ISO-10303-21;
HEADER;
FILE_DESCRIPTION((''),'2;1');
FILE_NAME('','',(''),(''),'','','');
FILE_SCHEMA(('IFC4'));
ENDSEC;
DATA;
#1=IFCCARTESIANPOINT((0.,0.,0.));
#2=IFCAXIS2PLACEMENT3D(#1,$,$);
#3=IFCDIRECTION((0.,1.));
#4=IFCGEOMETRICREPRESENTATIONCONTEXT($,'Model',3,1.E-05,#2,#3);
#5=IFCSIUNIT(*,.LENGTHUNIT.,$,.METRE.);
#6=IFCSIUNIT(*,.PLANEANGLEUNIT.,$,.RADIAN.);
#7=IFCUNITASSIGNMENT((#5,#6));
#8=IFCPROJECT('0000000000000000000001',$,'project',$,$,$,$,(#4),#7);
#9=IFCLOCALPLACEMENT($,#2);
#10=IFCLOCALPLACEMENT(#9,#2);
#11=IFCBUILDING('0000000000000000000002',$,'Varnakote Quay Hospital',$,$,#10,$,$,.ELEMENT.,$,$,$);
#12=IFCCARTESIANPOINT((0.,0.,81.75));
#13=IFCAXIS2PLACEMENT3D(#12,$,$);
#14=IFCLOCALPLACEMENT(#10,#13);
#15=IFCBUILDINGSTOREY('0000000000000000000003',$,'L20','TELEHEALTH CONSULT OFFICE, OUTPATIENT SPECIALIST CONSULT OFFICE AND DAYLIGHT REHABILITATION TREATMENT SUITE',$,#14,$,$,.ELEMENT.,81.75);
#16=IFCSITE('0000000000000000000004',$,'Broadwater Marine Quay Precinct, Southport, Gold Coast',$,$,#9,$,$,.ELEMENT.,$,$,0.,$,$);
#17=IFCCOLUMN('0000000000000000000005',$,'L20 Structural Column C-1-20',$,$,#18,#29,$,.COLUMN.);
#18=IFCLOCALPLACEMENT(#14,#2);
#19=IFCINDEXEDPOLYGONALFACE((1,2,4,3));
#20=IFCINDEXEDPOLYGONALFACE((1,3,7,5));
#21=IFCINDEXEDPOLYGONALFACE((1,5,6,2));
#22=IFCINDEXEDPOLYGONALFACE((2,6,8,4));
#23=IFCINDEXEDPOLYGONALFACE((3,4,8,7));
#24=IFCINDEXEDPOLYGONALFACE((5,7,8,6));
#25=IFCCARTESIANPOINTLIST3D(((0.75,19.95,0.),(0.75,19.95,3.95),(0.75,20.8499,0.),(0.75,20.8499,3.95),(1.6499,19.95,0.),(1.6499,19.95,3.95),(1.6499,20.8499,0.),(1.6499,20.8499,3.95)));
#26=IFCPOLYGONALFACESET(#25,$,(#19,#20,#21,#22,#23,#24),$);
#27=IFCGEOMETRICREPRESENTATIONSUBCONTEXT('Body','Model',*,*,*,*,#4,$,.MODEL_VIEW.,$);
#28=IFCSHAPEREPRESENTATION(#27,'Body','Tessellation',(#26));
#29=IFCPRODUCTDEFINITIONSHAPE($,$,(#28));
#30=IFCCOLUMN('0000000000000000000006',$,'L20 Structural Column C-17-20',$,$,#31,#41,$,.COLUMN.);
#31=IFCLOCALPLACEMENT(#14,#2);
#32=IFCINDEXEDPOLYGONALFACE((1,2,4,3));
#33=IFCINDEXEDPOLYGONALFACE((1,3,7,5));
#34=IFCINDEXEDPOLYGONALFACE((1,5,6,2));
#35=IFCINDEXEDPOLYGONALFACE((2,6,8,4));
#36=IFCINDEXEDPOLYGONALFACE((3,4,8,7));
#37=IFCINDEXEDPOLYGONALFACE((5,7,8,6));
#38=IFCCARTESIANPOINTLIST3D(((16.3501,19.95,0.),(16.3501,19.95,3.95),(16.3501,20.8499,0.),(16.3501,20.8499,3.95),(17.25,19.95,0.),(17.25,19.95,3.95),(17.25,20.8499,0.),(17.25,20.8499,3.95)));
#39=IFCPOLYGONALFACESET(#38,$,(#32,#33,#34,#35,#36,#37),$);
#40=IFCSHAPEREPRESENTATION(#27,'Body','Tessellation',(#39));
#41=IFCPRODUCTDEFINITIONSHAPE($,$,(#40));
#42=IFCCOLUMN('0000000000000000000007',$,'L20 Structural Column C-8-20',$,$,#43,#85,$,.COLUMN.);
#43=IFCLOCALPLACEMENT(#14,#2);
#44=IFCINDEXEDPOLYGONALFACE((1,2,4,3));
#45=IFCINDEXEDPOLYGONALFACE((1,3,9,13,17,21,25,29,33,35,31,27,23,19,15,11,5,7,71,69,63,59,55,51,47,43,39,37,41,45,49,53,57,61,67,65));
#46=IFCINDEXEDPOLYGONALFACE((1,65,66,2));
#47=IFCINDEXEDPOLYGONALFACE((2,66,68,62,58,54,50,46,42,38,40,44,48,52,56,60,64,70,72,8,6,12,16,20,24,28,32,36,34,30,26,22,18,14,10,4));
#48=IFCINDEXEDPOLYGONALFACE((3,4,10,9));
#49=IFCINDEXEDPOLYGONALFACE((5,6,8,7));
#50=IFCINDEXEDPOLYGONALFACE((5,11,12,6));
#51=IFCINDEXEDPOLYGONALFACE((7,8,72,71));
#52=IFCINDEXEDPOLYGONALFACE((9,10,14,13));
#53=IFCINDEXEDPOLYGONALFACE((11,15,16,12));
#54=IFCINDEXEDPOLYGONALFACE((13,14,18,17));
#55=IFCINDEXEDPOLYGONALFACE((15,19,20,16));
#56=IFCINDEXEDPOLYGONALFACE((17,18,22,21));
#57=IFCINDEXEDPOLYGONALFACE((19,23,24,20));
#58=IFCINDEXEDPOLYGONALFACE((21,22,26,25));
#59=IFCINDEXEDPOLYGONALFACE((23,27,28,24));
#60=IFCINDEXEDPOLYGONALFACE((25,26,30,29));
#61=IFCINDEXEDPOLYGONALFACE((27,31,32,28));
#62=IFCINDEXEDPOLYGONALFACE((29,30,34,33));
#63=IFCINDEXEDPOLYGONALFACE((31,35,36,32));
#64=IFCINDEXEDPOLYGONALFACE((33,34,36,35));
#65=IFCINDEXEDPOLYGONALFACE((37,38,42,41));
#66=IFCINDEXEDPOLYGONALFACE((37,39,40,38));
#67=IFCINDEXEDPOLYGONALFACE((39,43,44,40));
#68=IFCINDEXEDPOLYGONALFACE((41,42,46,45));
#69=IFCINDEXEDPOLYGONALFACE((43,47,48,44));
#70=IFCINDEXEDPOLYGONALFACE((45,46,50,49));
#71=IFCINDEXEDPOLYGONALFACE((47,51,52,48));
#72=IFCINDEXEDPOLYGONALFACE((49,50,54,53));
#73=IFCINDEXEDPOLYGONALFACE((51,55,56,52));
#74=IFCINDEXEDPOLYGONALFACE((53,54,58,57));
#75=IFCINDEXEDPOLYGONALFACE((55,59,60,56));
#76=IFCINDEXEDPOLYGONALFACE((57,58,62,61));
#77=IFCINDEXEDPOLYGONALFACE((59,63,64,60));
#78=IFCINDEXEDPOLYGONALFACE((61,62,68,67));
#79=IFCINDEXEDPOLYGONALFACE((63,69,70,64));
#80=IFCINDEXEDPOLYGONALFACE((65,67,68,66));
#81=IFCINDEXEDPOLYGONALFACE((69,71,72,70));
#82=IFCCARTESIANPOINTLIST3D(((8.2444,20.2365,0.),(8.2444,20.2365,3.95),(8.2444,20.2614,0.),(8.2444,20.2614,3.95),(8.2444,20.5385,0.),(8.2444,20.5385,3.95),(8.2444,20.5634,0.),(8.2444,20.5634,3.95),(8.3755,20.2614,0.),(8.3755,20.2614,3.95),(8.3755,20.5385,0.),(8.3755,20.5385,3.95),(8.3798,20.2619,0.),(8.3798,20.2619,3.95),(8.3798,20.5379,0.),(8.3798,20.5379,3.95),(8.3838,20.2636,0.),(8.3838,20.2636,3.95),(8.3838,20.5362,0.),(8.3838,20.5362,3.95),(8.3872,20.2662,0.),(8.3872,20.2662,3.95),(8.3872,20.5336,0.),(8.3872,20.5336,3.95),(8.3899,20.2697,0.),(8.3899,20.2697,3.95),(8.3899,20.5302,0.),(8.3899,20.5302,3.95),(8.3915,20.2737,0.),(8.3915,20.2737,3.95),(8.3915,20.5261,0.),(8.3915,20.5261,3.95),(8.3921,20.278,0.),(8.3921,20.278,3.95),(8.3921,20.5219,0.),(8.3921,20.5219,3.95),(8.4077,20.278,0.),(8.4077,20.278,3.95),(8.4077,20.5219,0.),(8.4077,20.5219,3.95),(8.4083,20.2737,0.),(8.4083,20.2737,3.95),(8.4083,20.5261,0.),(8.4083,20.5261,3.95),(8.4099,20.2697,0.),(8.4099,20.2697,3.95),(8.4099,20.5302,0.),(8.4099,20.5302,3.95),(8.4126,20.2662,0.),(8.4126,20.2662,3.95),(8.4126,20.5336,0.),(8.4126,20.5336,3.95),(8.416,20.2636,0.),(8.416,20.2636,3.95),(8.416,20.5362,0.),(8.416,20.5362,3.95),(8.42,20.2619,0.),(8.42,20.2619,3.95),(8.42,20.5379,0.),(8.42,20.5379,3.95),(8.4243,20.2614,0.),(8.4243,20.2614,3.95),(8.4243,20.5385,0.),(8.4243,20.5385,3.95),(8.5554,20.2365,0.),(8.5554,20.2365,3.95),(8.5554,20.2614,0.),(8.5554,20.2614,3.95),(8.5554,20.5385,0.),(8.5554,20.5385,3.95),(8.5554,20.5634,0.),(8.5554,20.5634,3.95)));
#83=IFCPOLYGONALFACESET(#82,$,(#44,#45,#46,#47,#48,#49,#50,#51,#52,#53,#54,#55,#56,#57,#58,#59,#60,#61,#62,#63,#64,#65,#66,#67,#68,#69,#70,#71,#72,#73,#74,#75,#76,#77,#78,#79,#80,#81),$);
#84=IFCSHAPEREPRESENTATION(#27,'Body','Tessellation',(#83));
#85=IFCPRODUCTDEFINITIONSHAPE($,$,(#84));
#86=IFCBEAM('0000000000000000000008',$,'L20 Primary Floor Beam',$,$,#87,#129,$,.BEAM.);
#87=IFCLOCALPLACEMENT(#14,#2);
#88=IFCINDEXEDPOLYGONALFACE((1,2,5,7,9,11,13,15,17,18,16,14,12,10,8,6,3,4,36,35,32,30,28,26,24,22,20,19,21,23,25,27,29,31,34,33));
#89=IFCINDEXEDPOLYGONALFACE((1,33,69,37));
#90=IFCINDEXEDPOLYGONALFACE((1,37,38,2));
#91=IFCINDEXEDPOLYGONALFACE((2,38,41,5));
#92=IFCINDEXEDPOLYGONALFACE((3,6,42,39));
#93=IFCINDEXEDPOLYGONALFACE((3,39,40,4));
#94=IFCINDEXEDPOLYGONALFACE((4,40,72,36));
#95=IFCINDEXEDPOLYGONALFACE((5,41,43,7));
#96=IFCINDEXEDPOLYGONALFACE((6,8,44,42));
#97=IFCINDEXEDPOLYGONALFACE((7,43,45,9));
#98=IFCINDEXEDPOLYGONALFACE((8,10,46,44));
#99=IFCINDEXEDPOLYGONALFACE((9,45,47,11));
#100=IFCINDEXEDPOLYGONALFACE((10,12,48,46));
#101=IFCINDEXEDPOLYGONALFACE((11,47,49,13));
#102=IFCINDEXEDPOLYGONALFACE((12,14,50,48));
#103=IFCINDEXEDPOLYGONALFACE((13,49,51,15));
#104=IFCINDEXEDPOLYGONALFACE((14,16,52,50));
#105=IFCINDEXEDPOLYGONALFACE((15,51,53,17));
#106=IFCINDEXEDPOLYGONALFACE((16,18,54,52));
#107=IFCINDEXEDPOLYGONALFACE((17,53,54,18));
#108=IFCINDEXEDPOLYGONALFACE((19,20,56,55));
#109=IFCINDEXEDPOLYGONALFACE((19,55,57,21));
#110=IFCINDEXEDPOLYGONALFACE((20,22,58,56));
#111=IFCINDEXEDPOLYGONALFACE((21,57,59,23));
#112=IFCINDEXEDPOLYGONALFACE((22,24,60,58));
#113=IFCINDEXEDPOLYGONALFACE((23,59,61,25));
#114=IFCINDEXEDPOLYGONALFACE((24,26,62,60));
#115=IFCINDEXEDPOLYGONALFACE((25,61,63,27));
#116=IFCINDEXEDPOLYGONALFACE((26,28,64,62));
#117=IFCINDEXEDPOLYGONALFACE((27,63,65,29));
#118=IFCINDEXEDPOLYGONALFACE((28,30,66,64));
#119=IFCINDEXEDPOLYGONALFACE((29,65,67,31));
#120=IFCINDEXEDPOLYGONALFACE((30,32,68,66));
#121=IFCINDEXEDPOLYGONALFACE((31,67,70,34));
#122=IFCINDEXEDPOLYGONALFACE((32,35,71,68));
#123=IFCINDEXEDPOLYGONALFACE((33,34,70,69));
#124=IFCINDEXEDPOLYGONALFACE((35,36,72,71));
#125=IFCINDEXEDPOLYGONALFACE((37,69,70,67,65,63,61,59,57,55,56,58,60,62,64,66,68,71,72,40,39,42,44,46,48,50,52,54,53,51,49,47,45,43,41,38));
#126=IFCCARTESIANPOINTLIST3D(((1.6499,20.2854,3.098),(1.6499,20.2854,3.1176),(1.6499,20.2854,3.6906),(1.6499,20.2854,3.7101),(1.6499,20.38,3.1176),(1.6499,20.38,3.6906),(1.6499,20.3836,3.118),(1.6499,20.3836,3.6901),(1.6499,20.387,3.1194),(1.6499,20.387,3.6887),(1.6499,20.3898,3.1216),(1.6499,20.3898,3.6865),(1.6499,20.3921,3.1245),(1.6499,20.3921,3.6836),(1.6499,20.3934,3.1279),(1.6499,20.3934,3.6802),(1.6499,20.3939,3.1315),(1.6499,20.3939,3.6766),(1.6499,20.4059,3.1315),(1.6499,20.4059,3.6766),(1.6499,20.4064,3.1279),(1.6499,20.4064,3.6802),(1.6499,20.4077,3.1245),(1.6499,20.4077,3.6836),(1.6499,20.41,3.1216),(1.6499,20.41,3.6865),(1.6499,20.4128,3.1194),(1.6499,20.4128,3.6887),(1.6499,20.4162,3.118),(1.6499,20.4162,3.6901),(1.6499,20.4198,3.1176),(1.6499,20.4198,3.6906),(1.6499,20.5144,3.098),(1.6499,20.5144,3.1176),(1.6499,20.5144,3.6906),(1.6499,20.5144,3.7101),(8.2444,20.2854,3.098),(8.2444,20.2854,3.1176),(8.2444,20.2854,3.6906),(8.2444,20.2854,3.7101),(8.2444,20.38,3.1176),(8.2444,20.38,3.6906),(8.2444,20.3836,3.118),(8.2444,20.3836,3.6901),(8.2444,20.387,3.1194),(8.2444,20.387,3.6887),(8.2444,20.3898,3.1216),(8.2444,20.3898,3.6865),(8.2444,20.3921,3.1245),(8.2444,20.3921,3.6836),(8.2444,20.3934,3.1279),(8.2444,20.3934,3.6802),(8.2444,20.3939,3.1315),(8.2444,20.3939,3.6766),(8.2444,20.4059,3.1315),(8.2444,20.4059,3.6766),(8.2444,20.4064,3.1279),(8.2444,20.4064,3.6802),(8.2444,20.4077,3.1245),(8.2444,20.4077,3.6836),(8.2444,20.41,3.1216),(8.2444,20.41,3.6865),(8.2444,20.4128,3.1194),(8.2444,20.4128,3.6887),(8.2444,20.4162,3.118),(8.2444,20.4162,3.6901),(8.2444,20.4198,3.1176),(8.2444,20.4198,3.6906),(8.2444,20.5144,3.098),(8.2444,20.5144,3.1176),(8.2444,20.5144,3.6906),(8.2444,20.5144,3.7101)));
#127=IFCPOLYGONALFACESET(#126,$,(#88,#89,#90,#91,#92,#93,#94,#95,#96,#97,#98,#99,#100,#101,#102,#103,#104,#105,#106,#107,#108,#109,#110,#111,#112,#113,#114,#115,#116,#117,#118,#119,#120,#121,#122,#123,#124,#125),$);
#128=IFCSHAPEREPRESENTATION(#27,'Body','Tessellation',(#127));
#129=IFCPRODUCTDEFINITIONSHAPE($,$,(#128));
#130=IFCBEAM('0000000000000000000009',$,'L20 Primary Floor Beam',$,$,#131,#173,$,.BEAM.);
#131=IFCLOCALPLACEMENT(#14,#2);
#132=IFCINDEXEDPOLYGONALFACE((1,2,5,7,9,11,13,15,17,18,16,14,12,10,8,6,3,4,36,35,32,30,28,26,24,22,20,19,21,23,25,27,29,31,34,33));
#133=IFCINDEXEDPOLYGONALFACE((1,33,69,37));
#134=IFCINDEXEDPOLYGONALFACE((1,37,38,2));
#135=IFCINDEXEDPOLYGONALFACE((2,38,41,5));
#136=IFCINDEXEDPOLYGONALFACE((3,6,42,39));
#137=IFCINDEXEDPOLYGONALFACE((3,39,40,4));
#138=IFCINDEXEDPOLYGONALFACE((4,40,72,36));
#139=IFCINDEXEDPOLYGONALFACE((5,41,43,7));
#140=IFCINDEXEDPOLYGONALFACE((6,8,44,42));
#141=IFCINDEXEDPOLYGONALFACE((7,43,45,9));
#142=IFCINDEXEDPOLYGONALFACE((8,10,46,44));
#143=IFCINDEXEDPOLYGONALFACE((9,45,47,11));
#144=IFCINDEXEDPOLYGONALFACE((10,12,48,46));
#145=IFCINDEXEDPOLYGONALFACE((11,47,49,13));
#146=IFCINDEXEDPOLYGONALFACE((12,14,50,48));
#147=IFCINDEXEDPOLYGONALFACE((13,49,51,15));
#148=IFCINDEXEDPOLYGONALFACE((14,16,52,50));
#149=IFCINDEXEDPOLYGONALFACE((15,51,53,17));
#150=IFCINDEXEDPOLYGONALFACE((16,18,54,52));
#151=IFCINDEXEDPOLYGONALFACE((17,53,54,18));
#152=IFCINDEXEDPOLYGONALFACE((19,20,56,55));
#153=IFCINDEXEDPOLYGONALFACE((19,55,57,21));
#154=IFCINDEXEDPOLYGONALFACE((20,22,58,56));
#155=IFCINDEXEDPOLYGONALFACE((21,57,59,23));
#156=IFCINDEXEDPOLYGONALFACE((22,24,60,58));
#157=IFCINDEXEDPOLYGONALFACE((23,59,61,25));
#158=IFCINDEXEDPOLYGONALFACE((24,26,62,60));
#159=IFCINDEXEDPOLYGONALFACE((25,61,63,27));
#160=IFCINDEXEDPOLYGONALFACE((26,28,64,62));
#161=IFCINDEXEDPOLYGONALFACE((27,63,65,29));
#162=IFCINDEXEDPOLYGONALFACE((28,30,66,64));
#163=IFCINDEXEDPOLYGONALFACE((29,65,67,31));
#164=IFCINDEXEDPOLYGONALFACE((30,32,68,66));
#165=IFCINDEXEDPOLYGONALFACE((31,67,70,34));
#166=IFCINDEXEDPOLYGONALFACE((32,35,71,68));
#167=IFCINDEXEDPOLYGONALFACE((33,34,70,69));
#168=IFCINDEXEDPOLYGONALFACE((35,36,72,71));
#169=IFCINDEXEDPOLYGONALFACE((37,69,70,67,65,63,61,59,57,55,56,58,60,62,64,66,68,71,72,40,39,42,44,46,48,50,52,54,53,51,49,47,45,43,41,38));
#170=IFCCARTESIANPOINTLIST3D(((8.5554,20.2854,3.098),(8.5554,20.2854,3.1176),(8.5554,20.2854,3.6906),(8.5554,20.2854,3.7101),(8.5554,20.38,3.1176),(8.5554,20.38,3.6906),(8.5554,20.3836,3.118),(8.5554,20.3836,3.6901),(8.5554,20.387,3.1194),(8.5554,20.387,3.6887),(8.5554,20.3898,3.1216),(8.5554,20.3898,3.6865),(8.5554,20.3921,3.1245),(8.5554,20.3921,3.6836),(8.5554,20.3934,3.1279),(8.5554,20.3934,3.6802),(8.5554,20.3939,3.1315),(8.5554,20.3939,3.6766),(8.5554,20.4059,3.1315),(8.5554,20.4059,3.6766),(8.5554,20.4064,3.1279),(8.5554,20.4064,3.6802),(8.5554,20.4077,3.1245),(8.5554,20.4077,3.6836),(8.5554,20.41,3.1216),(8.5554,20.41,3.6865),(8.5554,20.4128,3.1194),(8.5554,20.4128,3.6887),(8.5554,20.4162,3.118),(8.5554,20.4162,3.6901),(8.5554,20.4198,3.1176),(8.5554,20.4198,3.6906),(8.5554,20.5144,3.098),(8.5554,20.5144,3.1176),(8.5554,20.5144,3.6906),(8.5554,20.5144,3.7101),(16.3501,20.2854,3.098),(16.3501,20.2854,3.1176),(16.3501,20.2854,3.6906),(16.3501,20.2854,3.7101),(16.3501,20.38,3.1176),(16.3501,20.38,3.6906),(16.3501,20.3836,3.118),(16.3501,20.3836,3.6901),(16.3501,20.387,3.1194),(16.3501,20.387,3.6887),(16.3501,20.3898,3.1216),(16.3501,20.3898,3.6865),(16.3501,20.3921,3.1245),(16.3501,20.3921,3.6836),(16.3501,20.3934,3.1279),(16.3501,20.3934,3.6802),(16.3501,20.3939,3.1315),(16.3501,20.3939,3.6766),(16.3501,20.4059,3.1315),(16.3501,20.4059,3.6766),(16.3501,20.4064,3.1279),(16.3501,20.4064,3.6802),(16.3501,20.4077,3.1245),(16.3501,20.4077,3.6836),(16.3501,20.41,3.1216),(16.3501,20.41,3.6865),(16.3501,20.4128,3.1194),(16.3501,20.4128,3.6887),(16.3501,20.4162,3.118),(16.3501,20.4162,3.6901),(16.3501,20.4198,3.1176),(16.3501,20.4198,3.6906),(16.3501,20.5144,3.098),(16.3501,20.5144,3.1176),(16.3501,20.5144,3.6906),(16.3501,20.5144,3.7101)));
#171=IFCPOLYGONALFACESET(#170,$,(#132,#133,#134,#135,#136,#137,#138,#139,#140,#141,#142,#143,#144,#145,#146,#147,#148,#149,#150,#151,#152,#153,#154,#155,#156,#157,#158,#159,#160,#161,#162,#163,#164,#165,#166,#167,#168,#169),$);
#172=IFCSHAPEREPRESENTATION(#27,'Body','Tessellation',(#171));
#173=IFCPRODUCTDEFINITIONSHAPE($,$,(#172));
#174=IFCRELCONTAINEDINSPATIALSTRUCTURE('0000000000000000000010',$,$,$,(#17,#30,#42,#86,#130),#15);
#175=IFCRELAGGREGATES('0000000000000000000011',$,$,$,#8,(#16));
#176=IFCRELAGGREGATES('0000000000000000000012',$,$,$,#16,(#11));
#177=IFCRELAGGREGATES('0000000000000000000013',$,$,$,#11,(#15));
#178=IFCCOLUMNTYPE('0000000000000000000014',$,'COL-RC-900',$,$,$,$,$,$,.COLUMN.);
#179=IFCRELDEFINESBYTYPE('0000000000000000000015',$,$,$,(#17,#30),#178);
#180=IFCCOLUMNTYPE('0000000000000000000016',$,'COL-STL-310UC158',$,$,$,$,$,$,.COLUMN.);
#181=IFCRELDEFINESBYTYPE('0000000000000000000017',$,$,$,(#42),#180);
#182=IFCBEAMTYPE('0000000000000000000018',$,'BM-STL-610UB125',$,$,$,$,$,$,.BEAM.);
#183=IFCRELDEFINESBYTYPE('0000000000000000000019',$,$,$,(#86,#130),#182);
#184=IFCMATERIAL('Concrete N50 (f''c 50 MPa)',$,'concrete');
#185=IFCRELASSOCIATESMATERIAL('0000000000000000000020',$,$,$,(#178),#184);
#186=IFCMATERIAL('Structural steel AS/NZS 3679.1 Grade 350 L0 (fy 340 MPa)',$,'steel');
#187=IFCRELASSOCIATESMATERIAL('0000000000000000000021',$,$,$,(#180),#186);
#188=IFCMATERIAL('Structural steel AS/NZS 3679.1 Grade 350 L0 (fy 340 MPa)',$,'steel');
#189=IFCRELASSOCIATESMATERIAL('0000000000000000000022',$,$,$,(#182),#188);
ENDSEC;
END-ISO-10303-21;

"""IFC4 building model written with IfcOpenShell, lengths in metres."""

from ifc_helpers import new_model, si_unit, direction, frame, origin, origin_2d, place, context, subcontext, project, spatial, rectangle, i_section, extrude, material, material_profile, profile_set, type_object, element, save


model = new_model("IFC4")

# Units and contexts
model_context = context("Model", 3, precision=1e-05, world=origin(), true_north=direction((0.0, 1.0)))
body_context = subcontext(model_context, "Body", "Model", "MODEL_VIEW")
ifc_project = project(units=[si_unit("LENGTHUNIT", "METRE"), si_unit("PLANEANGLEUNIT", "RADIAN")], contexts=[model_context])

# Site, building, storey
site_placement = place(None, origin())
site = spatial("IfcSite", under=ifc_project, at=site_placement, Name="Broadwater Marine Quay Precinct, Southport, Gold Coast", CompositionType="ELEMENT", RefElevation=0.0)
building_placement = place(site_placement, origin())
building = spatial("IfcBuilding", under=site, at=building_placement, Name="Varnakote Quay Hospital", CompositionType="ELEMENT")
storey_placement = place(building_placement, frame((0.0, 0.0, 81.75)))
storey = spatial("IfcBuildingStorey", under=building, at=storey_placement, Name="L20", Description="TELEHEALTH CONSULT OFFICE, OUTPATIENT SPECIALIST CONSULT OFFICE AND DAYLIGHT REHABILITATION TREATMENT SUITE", CompositionType="ELEMENT", Elevation=81.75)

# Columns
ifc_material_1 = material(Name="Concrete N50 (f'c 50 MPa)", Category="concrete")
ifc_material_profile_1 = material_profile(ifc_material_1, rectangle(XDim=0.8999, YDim=0.8999, at=origin_2d()), Name="RC-COL-900x900")
ifc_profile_set_1 = profile_set([ifc_material_profile_1], Name="Concrete N50 (f'c 50 MPa)")
column_type_1 = type_object("IfcColumnType", Name="COL-RC-900", PredefinedType="COLUMN", material=ifc_profile_set_1)
for number, where, z_axis, x_axis, name in (
    (1, (1.2, 20.3999, 0.0), (0.0, 0.0, 1.0), (1.0, 0.0, 0.0), "L20 Structural Column C-1-20"),
    (2, (16.8, 20.3999, 0.0), (0.0, 0.0, 1.0), (1.0, 0.0, 0.0), "L20 Structural Column C-17-20"),
):
    element("IfcColumn", number, at=place(storey_placement, frame(where, z_axis=z_axis, x_axis=x_axis)), inside=storey, type_object=column_type_1, Name=name, PredefinedType="COLUMN", context=body_context, shape_type="SweptSolid", body=[
        extrude(rectangle(XDim=0.8999, YDim=0.8999, at=origin_2d()), origin(), (0.0, 0.0, 1.0), 3.95),
    ])
ifc_material_2 = material(Name="Structural steel AS/NZS 3679.1 Grade 350 L0 (fy 340 MPa)", Category="steel")
ifc_material_profile_2 = material_profile(ifc_material_2, i_section(OverallWidth=0.311, OverallDepth=0.3269, WebThickness=0.0156, FlangeThickness=0.0249, FilletRadius=0.0166, at=origin_2d()), Name="310UC158")
ifc_profile_set_2 = profile_set([ifc_material_profile_2], Name="Structural steel AS/NZS 3679.1 Grade 350 L0 (fy 340 MPa)")
column_type_2 = type_object("IfcColumnType", Name="COL-STL-310UC158", PredefinedType="COLUMN", material=ifc_profile_set_2)
column_placement = place(storey_placement, frame((8.3999, 20.3999, 0.0), z_axis=(0.0, 0.0, 1.0), x_axis=(1.0, 0.0, 0.0)))
element("IfcColumn", 3, at=column_placement, inside=storey, type_object=column_type_2, Name="L20 Structural Column C-8-20", PredefinedType="COLUMN", context=body_context, shape_type="SweptSolid", body=[
    extrude(i_section(OverallWidth=0.311, OverallDepth=0.3269, WebThickness=0.0156, FlangeThickness=0.0249, FilletRadius=0.0166, at=origin_2d()), origin(), (0.0, 0.0, 1.0), 3.95),
])

# Beams
ifc_material_3 = material(Name="Structural steel AS/NZS 3679.1 Grade 350 L0 (fy 340 MPa)", Category="steel")
ifc_material_profile_3 = material_profile(ifc_material_3, i_section(OverallWidth=0.229, OverallDepth=0.6121, WebThickness=0.012, FlangeThickness=0.0195, FilletRadius=0.0139, at=origin_2d()), Name="610UB125")
ifc_profile_set_3 = profile_set([ifc_material_profile_3], Name="Structural steel AS/NZS 3679.1 Grade 350 L0 (fy 340 MPa)")
beam_type_1 = type_object("IfcBeamType", Name="BM-STL-610UB125", PredefinedType="BEAM", material=ifc_profile_set_3)
beam_1_placement = place(storey_placement, frame((1.6499, 20.3999, 3.4041), z_axis=(1.0, 0.0, 0.0), x_axis=(0.0, 1.0, 0.0)))
element("IfcBeam", 4, at=beam_1_placement, inside=storey, type_object=beam_type_1, Name="L20 Primary Floor Beam", PredefinedType="BEAM", context=body_context, shape_type="SweptSolid", body=[
    extrude(i_section(OverallWidth=0.229, OverallDepth=0.6121, WebThickness=0.012, FlangeThickness=0.0195, FilletRadius=0.0139, at=origin_2d()), origin(), (0.0, 0.0, 1.0), 6.5945),
])
beam_2_placement = place(storey_placement, frame((8.5554, 20.3999, 3.4041), z_axis=(1.0, 0.0, 0.0), x_axis=(0.0, 1.0, 0.0)))
element("IfcBeam", 5, at=beam_2_placement, inside=storey, type_object=beam_type_1, Name="L20 Primary Floor Beam", PredefinedType="BEAM", context=body_context, shape_type="SweptSolid", body=[
    extrude(i_section(OverallWidth=0.229, OverallDepth=0.6121, WebThickness=0.012, FlangeThickness=0.0195, FilletRadius=0.0139, at=origin_2d()), origin(), (0.0, 0.0, 1.0), 7.7947),
])

save(model, "model.ifc")
